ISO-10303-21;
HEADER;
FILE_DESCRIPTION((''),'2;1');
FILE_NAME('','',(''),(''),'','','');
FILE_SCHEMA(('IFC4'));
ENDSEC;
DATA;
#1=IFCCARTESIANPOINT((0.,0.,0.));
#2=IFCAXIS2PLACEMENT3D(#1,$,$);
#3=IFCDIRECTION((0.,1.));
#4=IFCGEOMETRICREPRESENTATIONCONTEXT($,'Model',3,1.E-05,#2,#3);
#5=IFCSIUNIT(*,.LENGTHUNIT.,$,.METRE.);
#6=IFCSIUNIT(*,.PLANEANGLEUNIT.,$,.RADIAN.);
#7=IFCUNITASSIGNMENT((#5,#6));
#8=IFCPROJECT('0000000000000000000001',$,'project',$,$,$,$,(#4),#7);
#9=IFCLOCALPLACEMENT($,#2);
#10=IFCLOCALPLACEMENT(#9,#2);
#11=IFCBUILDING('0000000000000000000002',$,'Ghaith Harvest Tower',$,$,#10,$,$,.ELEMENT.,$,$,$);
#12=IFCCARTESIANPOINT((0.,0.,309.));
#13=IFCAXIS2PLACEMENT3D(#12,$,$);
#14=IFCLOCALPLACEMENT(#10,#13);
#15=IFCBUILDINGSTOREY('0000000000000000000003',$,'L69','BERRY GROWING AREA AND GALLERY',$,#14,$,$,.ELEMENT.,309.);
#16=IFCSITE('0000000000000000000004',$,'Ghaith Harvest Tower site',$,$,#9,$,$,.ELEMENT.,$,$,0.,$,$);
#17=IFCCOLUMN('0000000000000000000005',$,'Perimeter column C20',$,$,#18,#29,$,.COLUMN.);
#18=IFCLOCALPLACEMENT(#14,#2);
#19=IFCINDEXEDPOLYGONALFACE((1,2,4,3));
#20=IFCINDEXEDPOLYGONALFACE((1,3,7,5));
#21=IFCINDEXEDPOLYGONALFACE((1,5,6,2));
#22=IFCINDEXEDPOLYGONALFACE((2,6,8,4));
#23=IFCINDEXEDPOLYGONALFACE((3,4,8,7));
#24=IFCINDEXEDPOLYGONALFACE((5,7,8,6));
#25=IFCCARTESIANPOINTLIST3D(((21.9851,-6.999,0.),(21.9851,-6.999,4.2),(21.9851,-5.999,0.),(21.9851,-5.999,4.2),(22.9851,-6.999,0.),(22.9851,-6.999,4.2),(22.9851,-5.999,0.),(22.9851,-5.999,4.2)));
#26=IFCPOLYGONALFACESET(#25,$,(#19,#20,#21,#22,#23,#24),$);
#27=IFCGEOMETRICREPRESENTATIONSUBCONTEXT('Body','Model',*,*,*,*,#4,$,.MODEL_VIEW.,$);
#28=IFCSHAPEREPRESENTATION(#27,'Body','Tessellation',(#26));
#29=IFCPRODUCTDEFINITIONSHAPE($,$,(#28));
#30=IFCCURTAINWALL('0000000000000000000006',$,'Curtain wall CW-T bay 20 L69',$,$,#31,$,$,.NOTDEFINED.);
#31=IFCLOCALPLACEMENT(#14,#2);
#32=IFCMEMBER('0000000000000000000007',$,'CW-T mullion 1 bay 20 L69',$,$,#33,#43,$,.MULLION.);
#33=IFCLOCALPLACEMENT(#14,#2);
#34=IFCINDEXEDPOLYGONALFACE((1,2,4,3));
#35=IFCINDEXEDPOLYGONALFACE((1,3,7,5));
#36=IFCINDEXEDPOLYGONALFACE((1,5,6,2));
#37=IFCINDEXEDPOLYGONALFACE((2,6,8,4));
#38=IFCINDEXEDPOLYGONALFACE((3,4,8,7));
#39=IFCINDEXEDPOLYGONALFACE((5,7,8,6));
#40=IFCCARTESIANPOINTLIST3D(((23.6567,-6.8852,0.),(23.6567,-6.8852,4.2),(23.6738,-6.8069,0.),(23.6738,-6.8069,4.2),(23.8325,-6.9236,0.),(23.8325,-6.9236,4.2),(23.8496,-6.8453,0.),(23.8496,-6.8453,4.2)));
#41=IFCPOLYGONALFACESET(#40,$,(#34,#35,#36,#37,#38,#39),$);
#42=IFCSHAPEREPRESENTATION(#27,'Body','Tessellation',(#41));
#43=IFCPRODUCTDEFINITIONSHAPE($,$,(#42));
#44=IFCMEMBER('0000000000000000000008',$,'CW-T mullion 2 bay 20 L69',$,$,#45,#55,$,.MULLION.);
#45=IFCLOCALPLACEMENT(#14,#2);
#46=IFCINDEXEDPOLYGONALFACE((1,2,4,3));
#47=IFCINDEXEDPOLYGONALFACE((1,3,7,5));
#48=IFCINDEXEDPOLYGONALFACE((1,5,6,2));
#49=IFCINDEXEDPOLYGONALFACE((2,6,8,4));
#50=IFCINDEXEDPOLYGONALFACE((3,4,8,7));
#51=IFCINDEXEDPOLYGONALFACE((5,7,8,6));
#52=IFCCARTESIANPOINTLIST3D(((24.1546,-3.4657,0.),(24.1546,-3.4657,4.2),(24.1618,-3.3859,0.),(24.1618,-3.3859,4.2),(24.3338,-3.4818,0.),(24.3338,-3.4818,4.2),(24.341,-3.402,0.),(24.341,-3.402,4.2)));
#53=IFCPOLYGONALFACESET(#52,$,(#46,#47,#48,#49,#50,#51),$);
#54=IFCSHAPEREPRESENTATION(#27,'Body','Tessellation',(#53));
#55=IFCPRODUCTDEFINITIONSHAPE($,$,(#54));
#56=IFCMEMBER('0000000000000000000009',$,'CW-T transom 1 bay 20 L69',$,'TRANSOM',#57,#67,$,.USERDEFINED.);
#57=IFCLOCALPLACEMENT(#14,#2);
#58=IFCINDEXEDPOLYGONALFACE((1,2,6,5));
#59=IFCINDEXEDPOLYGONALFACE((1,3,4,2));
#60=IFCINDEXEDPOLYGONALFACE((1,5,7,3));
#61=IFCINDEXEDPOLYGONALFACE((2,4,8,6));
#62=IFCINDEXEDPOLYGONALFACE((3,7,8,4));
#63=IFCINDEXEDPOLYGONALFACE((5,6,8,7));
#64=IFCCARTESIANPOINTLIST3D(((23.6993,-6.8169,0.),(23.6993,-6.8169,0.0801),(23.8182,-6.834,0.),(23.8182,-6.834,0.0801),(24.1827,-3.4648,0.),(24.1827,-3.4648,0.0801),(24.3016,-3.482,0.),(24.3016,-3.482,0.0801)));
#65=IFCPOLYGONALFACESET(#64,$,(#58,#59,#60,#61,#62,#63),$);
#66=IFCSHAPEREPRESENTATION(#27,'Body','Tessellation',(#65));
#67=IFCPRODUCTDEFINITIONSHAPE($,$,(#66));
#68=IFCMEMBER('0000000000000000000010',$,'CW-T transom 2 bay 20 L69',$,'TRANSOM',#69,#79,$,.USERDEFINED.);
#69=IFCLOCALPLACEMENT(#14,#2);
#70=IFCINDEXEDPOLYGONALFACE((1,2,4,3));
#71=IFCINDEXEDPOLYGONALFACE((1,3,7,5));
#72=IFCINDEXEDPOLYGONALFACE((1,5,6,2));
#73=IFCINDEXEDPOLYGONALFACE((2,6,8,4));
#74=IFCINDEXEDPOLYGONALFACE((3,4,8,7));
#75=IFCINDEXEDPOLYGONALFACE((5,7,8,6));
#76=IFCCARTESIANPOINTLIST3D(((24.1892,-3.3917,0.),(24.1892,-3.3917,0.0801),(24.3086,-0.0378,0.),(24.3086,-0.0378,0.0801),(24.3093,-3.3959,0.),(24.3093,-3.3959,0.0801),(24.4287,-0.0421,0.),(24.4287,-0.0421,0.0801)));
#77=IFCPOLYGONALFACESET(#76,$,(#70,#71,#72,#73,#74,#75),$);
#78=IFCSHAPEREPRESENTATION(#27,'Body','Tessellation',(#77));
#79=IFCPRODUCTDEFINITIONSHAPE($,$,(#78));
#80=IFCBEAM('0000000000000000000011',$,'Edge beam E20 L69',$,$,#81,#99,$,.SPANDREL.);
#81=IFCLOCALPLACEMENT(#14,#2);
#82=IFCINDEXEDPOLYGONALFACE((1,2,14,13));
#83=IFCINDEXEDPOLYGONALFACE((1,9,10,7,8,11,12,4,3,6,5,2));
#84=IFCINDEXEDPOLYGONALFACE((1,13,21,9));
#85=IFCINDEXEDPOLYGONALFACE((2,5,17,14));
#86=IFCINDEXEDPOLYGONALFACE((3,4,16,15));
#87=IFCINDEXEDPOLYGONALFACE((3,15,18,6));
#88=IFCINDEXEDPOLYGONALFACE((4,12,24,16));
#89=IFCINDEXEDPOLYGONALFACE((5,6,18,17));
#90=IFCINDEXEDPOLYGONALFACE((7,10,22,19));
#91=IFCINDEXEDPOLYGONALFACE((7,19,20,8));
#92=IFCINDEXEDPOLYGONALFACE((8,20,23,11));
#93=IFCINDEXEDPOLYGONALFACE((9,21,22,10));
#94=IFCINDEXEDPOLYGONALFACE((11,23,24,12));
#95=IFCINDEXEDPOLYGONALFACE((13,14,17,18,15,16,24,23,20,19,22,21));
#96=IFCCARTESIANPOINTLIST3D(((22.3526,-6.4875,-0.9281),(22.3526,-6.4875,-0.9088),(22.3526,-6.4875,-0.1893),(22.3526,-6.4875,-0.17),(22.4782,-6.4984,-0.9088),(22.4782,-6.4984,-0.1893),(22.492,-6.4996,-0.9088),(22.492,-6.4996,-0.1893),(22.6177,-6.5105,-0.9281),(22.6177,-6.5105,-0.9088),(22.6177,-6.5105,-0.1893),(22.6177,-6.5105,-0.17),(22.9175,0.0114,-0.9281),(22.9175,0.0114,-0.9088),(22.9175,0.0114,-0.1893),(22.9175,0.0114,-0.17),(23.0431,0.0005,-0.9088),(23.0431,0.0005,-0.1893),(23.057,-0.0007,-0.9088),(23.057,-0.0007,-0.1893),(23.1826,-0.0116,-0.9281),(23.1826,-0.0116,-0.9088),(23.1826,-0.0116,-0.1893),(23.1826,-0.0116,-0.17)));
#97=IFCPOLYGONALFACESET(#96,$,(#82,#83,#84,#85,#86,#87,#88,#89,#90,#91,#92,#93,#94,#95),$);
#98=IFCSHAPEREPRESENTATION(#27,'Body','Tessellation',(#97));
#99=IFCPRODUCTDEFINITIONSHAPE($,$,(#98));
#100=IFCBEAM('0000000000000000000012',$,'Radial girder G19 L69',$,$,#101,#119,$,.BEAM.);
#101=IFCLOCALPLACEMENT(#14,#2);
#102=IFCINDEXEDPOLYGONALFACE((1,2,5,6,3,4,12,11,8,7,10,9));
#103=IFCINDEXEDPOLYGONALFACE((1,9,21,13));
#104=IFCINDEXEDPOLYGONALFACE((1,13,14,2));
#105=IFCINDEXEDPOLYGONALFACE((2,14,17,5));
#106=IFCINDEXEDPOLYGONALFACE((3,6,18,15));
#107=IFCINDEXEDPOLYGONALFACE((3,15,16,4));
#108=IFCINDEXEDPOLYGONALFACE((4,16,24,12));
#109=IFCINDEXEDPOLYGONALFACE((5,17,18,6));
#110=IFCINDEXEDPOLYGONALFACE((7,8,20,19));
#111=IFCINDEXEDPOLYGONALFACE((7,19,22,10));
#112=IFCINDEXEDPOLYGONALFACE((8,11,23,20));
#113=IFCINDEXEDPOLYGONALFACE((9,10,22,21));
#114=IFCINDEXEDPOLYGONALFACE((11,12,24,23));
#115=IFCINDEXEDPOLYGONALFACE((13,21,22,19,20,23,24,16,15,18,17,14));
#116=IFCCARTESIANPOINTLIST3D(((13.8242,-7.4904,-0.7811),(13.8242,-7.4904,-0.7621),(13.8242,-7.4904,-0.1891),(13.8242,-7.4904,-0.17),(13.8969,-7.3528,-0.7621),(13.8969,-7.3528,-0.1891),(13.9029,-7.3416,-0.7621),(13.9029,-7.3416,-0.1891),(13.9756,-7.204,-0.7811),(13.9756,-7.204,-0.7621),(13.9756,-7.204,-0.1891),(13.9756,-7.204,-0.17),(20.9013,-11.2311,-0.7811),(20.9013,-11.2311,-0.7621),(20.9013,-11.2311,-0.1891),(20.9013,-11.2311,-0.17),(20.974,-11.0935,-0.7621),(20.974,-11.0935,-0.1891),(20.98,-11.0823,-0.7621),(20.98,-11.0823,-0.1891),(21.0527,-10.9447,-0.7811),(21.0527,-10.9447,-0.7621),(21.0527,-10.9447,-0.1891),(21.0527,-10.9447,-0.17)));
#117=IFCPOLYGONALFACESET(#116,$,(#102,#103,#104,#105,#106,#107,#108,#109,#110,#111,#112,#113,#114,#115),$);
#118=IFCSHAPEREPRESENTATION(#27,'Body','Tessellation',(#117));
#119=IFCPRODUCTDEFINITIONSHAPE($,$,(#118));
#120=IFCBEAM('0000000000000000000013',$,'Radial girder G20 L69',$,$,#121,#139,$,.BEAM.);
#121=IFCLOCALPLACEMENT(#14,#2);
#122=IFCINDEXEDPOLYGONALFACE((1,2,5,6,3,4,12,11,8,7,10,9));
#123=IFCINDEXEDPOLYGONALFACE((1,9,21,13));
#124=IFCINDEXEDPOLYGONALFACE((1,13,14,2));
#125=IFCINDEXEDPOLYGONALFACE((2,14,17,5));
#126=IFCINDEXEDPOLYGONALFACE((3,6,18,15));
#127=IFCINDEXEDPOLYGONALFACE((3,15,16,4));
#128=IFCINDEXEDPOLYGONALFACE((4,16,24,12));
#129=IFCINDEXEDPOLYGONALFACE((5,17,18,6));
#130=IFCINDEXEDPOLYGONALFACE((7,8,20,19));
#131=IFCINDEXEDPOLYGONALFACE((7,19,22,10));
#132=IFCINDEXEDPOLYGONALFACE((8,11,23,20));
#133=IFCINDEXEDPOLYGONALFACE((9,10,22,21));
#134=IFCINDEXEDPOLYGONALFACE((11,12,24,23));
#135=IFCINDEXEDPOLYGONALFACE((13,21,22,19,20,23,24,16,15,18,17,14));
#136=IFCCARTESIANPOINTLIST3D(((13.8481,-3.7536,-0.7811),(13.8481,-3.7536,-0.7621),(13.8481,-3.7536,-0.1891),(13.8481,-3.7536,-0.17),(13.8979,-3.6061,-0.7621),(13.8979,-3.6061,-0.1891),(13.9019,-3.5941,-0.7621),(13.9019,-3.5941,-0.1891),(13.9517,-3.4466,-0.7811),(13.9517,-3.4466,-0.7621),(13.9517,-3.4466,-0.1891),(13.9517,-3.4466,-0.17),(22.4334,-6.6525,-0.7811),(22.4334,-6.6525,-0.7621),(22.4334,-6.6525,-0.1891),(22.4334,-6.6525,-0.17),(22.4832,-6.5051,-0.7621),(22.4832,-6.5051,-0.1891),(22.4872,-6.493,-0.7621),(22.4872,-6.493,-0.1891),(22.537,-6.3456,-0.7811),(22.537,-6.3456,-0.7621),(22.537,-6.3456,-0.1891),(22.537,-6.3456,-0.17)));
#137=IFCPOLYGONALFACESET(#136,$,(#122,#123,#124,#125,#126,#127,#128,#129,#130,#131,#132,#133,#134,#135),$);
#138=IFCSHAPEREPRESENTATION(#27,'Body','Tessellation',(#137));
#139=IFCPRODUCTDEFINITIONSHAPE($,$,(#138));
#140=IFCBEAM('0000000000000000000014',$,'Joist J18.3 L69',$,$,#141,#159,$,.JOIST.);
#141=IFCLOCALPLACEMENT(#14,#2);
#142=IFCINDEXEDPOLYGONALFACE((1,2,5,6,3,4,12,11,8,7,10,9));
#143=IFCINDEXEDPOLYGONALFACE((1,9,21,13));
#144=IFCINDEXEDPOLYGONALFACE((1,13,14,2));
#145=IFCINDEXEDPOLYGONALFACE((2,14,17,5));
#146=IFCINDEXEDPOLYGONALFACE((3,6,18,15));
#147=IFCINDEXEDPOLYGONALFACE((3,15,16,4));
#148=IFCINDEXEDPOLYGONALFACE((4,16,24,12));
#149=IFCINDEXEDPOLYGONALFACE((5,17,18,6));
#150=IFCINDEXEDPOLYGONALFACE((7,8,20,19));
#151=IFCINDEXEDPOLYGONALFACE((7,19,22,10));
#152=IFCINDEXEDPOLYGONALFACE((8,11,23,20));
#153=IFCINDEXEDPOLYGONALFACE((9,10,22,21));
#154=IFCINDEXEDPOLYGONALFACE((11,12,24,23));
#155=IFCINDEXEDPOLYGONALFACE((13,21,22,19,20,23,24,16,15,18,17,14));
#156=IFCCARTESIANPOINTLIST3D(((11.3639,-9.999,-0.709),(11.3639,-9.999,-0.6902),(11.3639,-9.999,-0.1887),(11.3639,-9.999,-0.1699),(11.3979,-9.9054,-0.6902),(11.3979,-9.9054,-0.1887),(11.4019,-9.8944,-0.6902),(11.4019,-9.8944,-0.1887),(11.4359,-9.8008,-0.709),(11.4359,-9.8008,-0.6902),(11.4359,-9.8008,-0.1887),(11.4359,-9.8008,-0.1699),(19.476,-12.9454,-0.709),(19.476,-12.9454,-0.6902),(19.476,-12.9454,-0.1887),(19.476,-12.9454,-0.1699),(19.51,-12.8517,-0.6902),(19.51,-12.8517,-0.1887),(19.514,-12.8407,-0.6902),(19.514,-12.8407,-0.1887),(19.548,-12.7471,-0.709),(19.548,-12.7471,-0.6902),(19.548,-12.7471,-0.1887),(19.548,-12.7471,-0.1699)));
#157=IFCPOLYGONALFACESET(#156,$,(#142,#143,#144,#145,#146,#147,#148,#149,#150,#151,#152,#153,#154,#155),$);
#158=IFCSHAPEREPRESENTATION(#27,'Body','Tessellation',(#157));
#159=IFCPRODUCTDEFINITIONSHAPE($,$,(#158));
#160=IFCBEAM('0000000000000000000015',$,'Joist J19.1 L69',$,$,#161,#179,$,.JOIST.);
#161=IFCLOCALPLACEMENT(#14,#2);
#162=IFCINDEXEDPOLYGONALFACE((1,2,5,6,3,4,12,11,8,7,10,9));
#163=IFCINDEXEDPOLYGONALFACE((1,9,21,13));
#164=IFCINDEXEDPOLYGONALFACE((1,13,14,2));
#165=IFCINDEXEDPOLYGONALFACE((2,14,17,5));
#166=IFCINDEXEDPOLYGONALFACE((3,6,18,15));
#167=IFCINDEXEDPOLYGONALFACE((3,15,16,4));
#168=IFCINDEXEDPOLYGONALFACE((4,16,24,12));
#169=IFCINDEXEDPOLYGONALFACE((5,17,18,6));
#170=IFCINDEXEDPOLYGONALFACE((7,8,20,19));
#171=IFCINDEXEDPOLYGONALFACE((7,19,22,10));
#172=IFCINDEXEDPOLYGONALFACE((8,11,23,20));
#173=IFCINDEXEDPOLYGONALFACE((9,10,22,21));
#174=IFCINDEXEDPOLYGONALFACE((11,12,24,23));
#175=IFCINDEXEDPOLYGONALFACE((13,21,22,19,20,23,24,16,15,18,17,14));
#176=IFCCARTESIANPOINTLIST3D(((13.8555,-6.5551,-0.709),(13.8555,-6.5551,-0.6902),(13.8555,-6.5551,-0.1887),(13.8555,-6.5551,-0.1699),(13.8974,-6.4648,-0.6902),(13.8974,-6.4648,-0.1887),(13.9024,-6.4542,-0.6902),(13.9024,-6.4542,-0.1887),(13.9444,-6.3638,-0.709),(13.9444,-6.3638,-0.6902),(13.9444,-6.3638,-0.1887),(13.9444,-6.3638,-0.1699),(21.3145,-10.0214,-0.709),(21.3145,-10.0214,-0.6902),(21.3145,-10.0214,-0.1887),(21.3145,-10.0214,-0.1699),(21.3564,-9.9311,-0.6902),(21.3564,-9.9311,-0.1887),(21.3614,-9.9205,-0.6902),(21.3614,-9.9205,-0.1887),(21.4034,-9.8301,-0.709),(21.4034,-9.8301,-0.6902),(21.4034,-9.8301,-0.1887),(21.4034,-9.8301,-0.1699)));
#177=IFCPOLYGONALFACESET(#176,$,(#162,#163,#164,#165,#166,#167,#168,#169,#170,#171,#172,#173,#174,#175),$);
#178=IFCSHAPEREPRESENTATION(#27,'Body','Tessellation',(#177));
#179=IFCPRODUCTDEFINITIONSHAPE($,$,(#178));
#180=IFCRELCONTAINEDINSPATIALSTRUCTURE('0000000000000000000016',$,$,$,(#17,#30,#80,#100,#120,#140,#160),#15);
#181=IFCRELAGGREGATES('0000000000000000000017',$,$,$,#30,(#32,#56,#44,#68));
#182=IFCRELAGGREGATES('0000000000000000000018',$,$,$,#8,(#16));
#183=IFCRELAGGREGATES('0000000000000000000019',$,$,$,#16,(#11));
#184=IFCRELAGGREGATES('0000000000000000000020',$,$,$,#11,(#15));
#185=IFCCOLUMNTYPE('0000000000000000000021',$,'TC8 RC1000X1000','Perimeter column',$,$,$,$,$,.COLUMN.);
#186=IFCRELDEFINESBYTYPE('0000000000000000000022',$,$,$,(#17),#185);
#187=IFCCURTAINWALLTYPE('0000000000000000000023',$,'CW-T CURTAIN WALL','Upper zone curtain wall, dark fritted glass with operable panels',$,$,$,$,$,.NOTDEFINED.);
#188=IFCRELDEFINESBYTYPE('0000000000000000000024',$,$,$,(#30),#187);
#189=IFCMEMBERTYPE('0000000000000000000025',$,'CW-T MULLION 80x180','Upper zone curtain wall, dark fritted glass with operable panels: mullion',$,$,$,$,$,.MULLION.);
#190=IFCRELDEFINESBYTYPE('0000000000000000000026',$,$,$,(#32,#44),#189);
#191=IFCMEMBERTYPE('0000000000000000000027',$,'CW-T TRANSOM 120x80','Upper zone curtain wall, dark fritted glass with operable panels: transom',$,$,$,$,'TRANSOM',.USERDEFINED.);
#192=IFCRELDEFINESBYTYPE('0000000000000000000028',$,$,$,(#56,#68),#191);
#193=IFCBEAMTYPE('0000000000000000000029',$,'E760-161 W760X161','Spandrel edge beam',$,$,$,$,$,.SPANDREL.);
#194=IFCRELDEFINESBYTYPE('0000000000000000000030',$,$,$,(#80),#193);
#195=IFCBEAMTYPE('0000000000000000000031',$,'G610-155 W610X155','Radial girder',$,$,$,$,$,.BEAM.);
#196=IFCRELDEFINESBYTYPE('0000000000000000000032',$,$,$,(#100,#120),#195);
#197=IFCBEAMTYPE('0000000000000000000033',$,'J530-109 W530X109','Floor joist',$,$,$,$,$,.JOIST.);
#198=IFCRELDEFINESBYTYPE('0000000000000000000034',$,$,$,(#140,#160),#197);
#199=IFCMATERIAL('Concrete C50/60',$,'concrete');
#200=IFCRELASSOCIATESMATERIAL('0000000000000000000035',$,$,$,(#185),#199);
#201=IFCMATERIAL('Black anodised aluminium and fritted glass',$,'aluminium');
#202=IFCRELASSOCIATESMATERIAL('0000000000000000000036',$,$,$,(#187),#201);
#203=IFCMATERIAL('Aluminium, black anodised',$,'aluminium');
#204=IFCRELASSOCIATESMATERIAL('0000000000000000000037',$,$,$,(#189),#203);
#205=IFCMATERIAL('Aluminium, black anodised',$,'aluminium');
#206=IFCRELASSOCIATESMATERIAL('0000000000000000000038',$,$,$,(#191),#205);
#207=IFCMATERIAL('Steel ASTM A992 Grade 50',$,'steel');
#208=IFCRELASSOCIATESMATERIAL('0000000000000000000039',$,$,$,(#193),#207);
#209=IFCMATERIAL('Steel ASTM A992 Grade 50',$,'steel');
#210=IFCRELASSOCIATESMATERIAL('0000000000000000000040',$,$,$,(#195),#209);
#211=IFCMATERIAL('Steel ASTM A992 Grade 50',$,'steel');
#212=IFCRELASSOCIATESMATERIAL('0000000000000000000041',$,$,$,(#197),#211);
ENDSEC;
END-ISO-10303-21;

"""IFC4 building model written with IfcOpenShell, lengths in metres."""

from ifc_helpers import new_model, si_unit, direction, frame, origin, origin_2d, place, context, subcontext, project, spatial, rectangle, i_section, extrude, material, material_profile, profile_set, type_object, element, aggregate, save


model = new_model("IFC4")

# Units and contexts
model_context = context("Model", 3, precision=1e-05, world=origin(), true_north=direction((0.0, 1.0)))
body_context = subcontext(model_context, "Body", "Model", "MODEL_VIEW")
ifc_project = project(units=[si_unit("LENGTHUNIT", "METRE"), si_unit("PLANEANGLEUNIT", "RADIAN")], contexts=[model_context])

# Site, building, storey
site_placement = place(None, origin())
site = spatial("IfcSite", under=ifc_project, at=site_placement, Name="Ghaith Harvest Tower site", CompositionType="ELEMENT", RefElevation=0.0)
building_placement = place(site_placement, origin())
building = spatial("IfcBuilding", under=site, at=building_placement, Name="Ghaith Harvest Tower", CompositionType="ELEMENT")
storey_placement = place(building_placement, frame((0.0, 0.0, 309.0)))
storey = spatial("IfcBuildingStorey", under=building, at=storey_placement, Name="L69", Description="BERRY GROWING AREA AND GALLERY", CompositionType="ELEMENT", Elevation=309.0)

# Column
ifc_material_1 = material(Name="Concrete C50/60", Category="concrete")
ifc_material_profile_1 = material_profile(ifc_material_1, rectangle(XDim=1.0, YDim=1.0, at=origin_2d()), Name="RC1000X1000")
ifc_profile_set_1 = profile_set([ifc_material_profile_1], Name="Concrete C50/60")
column_type = type_object("IfcColumnType", Name="TC8 RC1000X1000", Description="Perimeter column", PredefinedType="COLUMN", material=ifc_profile_set_1)
column_placement = place(storey_placement, frame((22.4851, -6.499, 0.0), z_axis=(0.0, 0.0, 1.0), x_axis=(1.0, 0.0, 0.0)))
element("IfcColumn", 1, at=column_placement, inside=storey, type_object=column_type, Name="Perimeter column C20", PredefinedType="COLUMN", context=body_context, shape_type="SweptSolid", body=[
    extrude(rectangle(XDim=1.0, YDim=1.0, at=origin_2d()), origin(), (0.0, 0.0, 1.0), 4.2),
])

# Curtain wall, members
ifc_material_2 = material(Name="Black anodised aluminium and fritted glass", Category="aluminium")
curtain_wall_type = type_object("IfcCurtainWallType", Name="CW-T CURTAIN WALL", Description="Upper zone curtain wall, dark fritted glass with operable panels", PredefinedType="NOTDEFINED", material=ifc_material_2)
curtain_wall_1_placement = place(storey_placement, origin())
curtain_wall_1 = element("IfcCurtainWall", 2, at=curtain_wall_1_placement, inside=storey, type_object=curtain_wall_type, Name="Curtain wall CW-T bay 20 L69", PredefinedType="NOTDEFINED")
ifc_material_3 = material(Name="Aluminium, black anodised", Category="aluminium")
ifc_material_profile_2 = material_profile(ifc_material_3, rectangle(XDim=0.0801, YDim=0.1799, at=origin_2d()), Name="CW-T MULLION 80x180")
ifc_profile_set_2 = profile_set([ifc_material_profile_2], Name="Aluminium, black anodised")
member_type_1 = type_object("IfcMemberType", Name="CW-T MULLION 80x180", Description="Upper zone curtain wall, dark fritted glass with operable panels: mullion", PredefinedType="MULLION", material=ifc_profile_set_2)
member_1_placement = place(storey_placement, frame((23.7532, -6.8652, 0.0), z_axis=(0.0, 0.0, 1.0), x_axis=(0.213402, 0.976964, 0.0)))
member_1 = element("IfcMember", 3, at=member_1_placement, type_object=member_type_1, Name="CW-T mullion 1 bay 20 L69", PredefinedType="MULLION", context=body_context, shape_type="SweptSolid", body=[
    extrude(rectangle(XDim=0.0801, YDim=0.1799, at=origin_2d()), origin(), (0.0, 0.0, 1.0), 4.2),
])
member_2_placement = place(storey_placement, frame((24.2478, -3.4338, 0.0), z_axis=(0.0, 0.0, 1.0), x_axis=(0.089502, 0.995987, 0.0)))
member_2 = element("IfcMember", 4, at=member_2_placement, type_object=member_type_1, Name="CW-T mullion 2 bay 20 L69", PredefinedType="MULLION", context=body_context, shape_type="SweptSolid", body=[
    extrude(rectangle(XDim=0.0801, YDim=0.1799, at=origin_2d()), origin(), (0.0, 0.0, 1.0), 4.2),
])
ifc_material_4 = material(Name="Aluminium, black anodised", Category="aluminium")
ifc_material_profile_3 = material_profile(ifc_material_4, rectangle(XDim=0.1201, YDim=0.0801, at=origin_2d()), Name="CW-T TRANSOM 120x80")
ifc_profile_set_3 = profile_set([ifc_material_profile_3], Name="Aluminium, black anodised")
member_type_2 = type_object("IfcMemberType", Name="CW-T TRANSOM 120x80", Description="Upper zone curtain wall, dark fritted glass with operable panels: transom", ElementType="TRANSOM", PredefinedType="USERDEFINED", material=ifc_profile_set_3)
member_3_placement = place(storey_placement, frame((23.7588, -6.8254, 0.04), z_axis=(0.142733, 0.989761, 0.0), x_axis=(-0.989761, 0.142733, 0.0)))
member_3 = element("IfcMember", 5, at=member_3_placement, type_object=member_type_2, Name="CW-T transom 1 bay 20 L69", ObjectType="TRANSOM", PredefinedType="USERDEFINED", context=body_context, shape_type="SweptSolid", body=[
    extrude(rectangle(XDim=0.1201, YDim=0.0801, at=origin_2d()), origin(), (0.0, 0.0, 1.0), 3.3867),
])
member_4_placement = place(storey_placement, frame((24.2493, -3.3938, 0.04), z_axis=(0.035575, 0.999367, 0.0), x_axis=(-0.999367, 0.035575, 0.0)))
member_4 = element("IfcMember", 6, at=member_4_placement, type_object=member_type_2, Name="CW-T transom 2 bay 20 L69", ObjectType="TRANSOM", PredefinedType="USERDEFINED", context=body_context, shape_type="SweptSolid", body=[
    extrude(rectangle(XDim=0.1201, YDim=0.0801, at=origin_2d()), origin(), (0.0, 0.0, 1.0), 3.356),
])

# Beams
ifc_material_5 = material(Name="Steel ASTM A992 Grade 50", Category="steel")
ifc_material_profile_4 = material_profile(ifc_material_5, i_section(OverallWidth=0.2661, OverallDepth=0.7581, WebThickness=0.0139, FlangeThickness=0.0193, at=origin_2d()), Name="W760X161")
ifc_profile_set_4 = profile_set([ifc_material_profile_4], Name="Steel ASTM A992 Grade 50")
beam_type_1 = type_object("IfcBeamType", Name="E760-161 W760X161", Description="Spandrel edge beam", PredefinedType="SPANDREL", material=ifc_profile_set_4)
beam_1_placement = place(storey_placement, frame((22.4851, -6.499, -0.5491), z_axis=(0.086601, 0.996243, 0.0), x_axis=(-0.996243, 0.086601, 0.0)))
element("IfcBeam", 7, at=beam_1_placement, inside=storey, type_object=beam_type_1, Name="Edge beam E20 L69", PredefinedType="SPANDREL", context=body_context, shape_type="SweptSolid", body=[
    extrude(i_section(OverallWidth=0.2661, OverallDepth=0.7581, WebThickness=0.0139, FlangeThickness=0.0193, at=origin_2d()), origin(), (0.0, 0.0, 1.0), 6.5234),
])
ifc_material_6 = material(Name="Steel ASTM A992 Grade 50", Category="steel")
ifc_material_profile_5 = material_profile(ifc_material_6, i_section(OverallWidth=0.324, OverallDepth=0.6111, WebThickness=0.0127, FlangeThickness=0.019, at=origin_2d()), Name="W610X155")
ifc_profile_set_5 = profile_set([ifc_material_profile_5], Name="Steel ASTM A992 Grade 50")
beam_type_2 = type_object("IfcBeamType", Name="G610-155 W610X155", Description="Radial girder", PredefinedType="BEAM", material=ifc_profile_set_5)
beam_2_placement = place(storey_placement, frame((13.8999, -7.3472, -0.4756), z_axis=(0.884098, -0.467302, 0.0), x_axis=(0.467302, 0.884098, 0.0)))
element("IfcBeam", 8, at=beam_2_placement, inside=storey, type_object=beam_type_2, Name="Radial girder G19 L69", PredefinedType="BEAM", context=body_context, shape_type="SweptSolid", body=[
    extrude(i_section(OverallWidth=0.324, OverallDepth=0.6111, WebThickness=0.0127, FlangeThickness=0.019, at=origin_2d()), origin(), (0.0, 0.0, 1.0), 8.0049),
])
beam_3_placement = place(storey_placement, frame((13.8999, -3.6001, -0.4756), z_axis=(0.947445, -0.319919, 0.0), x_axis=(0.319919, 0.947445, 0.0)))
element("IfcBeam", 9, at=beam_3_placement, inside=storey, type_object=beam_type_2, Name="Radial girder G20 L69", PredefinedType="BEAM", context=body_context, shape_type="SweptSolid", body=[
    extrude(i_section(OverallWidth=0.324, OverallDepth=0.6111, WebThickness=0.0127, FlangeThickness=0.019, at=origin_2d()), origin(), (0.0, 0.0, 1.0), 9.0615),
])
ifc_material_7 = material(Name="Steel ASTM A992 Grade 50", Category="steel")
ifc_material_profile_6 = material_profile(ifc_material_7, i_section(OverallWidth=0.2109, OverallDepth=0.5391, WebThickness=0.0117, FlangeThickness=0.0188, at=origin_2d()), Name="W530X109")
ifc_profile_set_6 = profile_set([ifc_material_profile_6], Name="Steel ASTM A992 Grade 50")
beam_type_3 = type_object("IfcBeamType", Name="J530-109 W530X109", Description="Floor joist", PredefinedType="JOIST", material=ifc_profile_set_6)
beam_4_placement = place(storey_placement, frame((11.3999, -9.8999, -0.4395), z_axis=(0.939926, -0.34138, 0.0), x_axis=(0.34138, 0.939926, 0.0)))
element("IfcBeam", 10, at=beam_4_placement, inside=storey, type_object=beam_type_3, Name="Joist J18.3 L69", PredefinedType="JOIST", context=body_context, shape_type="SweptSolid", body=[
    extrude(i_section(OverallWidth=0.2109, OverallDepth=0.5391, WebThickness=0.0117, FlangeThickness=0.0188, at=origin_2d()), origin(), (0.0, 0.0, 1.0), 8.6306),
])
beam_5_placement = place(storey_placement, frame((13.8999, -6.4595, -0.4395), z_axis=(0.90686, -0.421432, 0.0), x_axis=(0.421432, 0.90686, 0.0)))
element("IfcBeam", 11, at=beam_5_placement, inside=storey, type_object=beam_type_3, Name="Joist J19.1 L69", PredefinedType="JOIST", context=body_context, shape_type="SweptSolid", body=[
    extrude(i_section(OverallWidth=0.2109, OverallDepth=0.5391, WebThickness=0.0117, FlangeThickness=0.0188, at=origin_2d()), origin(), (0.0, 0.0, 1.0), 8.2251),
])

aggregate(curtain_wall_1, [member_1, member_3, member_2, member_4])

save(model, "model.ifc")
